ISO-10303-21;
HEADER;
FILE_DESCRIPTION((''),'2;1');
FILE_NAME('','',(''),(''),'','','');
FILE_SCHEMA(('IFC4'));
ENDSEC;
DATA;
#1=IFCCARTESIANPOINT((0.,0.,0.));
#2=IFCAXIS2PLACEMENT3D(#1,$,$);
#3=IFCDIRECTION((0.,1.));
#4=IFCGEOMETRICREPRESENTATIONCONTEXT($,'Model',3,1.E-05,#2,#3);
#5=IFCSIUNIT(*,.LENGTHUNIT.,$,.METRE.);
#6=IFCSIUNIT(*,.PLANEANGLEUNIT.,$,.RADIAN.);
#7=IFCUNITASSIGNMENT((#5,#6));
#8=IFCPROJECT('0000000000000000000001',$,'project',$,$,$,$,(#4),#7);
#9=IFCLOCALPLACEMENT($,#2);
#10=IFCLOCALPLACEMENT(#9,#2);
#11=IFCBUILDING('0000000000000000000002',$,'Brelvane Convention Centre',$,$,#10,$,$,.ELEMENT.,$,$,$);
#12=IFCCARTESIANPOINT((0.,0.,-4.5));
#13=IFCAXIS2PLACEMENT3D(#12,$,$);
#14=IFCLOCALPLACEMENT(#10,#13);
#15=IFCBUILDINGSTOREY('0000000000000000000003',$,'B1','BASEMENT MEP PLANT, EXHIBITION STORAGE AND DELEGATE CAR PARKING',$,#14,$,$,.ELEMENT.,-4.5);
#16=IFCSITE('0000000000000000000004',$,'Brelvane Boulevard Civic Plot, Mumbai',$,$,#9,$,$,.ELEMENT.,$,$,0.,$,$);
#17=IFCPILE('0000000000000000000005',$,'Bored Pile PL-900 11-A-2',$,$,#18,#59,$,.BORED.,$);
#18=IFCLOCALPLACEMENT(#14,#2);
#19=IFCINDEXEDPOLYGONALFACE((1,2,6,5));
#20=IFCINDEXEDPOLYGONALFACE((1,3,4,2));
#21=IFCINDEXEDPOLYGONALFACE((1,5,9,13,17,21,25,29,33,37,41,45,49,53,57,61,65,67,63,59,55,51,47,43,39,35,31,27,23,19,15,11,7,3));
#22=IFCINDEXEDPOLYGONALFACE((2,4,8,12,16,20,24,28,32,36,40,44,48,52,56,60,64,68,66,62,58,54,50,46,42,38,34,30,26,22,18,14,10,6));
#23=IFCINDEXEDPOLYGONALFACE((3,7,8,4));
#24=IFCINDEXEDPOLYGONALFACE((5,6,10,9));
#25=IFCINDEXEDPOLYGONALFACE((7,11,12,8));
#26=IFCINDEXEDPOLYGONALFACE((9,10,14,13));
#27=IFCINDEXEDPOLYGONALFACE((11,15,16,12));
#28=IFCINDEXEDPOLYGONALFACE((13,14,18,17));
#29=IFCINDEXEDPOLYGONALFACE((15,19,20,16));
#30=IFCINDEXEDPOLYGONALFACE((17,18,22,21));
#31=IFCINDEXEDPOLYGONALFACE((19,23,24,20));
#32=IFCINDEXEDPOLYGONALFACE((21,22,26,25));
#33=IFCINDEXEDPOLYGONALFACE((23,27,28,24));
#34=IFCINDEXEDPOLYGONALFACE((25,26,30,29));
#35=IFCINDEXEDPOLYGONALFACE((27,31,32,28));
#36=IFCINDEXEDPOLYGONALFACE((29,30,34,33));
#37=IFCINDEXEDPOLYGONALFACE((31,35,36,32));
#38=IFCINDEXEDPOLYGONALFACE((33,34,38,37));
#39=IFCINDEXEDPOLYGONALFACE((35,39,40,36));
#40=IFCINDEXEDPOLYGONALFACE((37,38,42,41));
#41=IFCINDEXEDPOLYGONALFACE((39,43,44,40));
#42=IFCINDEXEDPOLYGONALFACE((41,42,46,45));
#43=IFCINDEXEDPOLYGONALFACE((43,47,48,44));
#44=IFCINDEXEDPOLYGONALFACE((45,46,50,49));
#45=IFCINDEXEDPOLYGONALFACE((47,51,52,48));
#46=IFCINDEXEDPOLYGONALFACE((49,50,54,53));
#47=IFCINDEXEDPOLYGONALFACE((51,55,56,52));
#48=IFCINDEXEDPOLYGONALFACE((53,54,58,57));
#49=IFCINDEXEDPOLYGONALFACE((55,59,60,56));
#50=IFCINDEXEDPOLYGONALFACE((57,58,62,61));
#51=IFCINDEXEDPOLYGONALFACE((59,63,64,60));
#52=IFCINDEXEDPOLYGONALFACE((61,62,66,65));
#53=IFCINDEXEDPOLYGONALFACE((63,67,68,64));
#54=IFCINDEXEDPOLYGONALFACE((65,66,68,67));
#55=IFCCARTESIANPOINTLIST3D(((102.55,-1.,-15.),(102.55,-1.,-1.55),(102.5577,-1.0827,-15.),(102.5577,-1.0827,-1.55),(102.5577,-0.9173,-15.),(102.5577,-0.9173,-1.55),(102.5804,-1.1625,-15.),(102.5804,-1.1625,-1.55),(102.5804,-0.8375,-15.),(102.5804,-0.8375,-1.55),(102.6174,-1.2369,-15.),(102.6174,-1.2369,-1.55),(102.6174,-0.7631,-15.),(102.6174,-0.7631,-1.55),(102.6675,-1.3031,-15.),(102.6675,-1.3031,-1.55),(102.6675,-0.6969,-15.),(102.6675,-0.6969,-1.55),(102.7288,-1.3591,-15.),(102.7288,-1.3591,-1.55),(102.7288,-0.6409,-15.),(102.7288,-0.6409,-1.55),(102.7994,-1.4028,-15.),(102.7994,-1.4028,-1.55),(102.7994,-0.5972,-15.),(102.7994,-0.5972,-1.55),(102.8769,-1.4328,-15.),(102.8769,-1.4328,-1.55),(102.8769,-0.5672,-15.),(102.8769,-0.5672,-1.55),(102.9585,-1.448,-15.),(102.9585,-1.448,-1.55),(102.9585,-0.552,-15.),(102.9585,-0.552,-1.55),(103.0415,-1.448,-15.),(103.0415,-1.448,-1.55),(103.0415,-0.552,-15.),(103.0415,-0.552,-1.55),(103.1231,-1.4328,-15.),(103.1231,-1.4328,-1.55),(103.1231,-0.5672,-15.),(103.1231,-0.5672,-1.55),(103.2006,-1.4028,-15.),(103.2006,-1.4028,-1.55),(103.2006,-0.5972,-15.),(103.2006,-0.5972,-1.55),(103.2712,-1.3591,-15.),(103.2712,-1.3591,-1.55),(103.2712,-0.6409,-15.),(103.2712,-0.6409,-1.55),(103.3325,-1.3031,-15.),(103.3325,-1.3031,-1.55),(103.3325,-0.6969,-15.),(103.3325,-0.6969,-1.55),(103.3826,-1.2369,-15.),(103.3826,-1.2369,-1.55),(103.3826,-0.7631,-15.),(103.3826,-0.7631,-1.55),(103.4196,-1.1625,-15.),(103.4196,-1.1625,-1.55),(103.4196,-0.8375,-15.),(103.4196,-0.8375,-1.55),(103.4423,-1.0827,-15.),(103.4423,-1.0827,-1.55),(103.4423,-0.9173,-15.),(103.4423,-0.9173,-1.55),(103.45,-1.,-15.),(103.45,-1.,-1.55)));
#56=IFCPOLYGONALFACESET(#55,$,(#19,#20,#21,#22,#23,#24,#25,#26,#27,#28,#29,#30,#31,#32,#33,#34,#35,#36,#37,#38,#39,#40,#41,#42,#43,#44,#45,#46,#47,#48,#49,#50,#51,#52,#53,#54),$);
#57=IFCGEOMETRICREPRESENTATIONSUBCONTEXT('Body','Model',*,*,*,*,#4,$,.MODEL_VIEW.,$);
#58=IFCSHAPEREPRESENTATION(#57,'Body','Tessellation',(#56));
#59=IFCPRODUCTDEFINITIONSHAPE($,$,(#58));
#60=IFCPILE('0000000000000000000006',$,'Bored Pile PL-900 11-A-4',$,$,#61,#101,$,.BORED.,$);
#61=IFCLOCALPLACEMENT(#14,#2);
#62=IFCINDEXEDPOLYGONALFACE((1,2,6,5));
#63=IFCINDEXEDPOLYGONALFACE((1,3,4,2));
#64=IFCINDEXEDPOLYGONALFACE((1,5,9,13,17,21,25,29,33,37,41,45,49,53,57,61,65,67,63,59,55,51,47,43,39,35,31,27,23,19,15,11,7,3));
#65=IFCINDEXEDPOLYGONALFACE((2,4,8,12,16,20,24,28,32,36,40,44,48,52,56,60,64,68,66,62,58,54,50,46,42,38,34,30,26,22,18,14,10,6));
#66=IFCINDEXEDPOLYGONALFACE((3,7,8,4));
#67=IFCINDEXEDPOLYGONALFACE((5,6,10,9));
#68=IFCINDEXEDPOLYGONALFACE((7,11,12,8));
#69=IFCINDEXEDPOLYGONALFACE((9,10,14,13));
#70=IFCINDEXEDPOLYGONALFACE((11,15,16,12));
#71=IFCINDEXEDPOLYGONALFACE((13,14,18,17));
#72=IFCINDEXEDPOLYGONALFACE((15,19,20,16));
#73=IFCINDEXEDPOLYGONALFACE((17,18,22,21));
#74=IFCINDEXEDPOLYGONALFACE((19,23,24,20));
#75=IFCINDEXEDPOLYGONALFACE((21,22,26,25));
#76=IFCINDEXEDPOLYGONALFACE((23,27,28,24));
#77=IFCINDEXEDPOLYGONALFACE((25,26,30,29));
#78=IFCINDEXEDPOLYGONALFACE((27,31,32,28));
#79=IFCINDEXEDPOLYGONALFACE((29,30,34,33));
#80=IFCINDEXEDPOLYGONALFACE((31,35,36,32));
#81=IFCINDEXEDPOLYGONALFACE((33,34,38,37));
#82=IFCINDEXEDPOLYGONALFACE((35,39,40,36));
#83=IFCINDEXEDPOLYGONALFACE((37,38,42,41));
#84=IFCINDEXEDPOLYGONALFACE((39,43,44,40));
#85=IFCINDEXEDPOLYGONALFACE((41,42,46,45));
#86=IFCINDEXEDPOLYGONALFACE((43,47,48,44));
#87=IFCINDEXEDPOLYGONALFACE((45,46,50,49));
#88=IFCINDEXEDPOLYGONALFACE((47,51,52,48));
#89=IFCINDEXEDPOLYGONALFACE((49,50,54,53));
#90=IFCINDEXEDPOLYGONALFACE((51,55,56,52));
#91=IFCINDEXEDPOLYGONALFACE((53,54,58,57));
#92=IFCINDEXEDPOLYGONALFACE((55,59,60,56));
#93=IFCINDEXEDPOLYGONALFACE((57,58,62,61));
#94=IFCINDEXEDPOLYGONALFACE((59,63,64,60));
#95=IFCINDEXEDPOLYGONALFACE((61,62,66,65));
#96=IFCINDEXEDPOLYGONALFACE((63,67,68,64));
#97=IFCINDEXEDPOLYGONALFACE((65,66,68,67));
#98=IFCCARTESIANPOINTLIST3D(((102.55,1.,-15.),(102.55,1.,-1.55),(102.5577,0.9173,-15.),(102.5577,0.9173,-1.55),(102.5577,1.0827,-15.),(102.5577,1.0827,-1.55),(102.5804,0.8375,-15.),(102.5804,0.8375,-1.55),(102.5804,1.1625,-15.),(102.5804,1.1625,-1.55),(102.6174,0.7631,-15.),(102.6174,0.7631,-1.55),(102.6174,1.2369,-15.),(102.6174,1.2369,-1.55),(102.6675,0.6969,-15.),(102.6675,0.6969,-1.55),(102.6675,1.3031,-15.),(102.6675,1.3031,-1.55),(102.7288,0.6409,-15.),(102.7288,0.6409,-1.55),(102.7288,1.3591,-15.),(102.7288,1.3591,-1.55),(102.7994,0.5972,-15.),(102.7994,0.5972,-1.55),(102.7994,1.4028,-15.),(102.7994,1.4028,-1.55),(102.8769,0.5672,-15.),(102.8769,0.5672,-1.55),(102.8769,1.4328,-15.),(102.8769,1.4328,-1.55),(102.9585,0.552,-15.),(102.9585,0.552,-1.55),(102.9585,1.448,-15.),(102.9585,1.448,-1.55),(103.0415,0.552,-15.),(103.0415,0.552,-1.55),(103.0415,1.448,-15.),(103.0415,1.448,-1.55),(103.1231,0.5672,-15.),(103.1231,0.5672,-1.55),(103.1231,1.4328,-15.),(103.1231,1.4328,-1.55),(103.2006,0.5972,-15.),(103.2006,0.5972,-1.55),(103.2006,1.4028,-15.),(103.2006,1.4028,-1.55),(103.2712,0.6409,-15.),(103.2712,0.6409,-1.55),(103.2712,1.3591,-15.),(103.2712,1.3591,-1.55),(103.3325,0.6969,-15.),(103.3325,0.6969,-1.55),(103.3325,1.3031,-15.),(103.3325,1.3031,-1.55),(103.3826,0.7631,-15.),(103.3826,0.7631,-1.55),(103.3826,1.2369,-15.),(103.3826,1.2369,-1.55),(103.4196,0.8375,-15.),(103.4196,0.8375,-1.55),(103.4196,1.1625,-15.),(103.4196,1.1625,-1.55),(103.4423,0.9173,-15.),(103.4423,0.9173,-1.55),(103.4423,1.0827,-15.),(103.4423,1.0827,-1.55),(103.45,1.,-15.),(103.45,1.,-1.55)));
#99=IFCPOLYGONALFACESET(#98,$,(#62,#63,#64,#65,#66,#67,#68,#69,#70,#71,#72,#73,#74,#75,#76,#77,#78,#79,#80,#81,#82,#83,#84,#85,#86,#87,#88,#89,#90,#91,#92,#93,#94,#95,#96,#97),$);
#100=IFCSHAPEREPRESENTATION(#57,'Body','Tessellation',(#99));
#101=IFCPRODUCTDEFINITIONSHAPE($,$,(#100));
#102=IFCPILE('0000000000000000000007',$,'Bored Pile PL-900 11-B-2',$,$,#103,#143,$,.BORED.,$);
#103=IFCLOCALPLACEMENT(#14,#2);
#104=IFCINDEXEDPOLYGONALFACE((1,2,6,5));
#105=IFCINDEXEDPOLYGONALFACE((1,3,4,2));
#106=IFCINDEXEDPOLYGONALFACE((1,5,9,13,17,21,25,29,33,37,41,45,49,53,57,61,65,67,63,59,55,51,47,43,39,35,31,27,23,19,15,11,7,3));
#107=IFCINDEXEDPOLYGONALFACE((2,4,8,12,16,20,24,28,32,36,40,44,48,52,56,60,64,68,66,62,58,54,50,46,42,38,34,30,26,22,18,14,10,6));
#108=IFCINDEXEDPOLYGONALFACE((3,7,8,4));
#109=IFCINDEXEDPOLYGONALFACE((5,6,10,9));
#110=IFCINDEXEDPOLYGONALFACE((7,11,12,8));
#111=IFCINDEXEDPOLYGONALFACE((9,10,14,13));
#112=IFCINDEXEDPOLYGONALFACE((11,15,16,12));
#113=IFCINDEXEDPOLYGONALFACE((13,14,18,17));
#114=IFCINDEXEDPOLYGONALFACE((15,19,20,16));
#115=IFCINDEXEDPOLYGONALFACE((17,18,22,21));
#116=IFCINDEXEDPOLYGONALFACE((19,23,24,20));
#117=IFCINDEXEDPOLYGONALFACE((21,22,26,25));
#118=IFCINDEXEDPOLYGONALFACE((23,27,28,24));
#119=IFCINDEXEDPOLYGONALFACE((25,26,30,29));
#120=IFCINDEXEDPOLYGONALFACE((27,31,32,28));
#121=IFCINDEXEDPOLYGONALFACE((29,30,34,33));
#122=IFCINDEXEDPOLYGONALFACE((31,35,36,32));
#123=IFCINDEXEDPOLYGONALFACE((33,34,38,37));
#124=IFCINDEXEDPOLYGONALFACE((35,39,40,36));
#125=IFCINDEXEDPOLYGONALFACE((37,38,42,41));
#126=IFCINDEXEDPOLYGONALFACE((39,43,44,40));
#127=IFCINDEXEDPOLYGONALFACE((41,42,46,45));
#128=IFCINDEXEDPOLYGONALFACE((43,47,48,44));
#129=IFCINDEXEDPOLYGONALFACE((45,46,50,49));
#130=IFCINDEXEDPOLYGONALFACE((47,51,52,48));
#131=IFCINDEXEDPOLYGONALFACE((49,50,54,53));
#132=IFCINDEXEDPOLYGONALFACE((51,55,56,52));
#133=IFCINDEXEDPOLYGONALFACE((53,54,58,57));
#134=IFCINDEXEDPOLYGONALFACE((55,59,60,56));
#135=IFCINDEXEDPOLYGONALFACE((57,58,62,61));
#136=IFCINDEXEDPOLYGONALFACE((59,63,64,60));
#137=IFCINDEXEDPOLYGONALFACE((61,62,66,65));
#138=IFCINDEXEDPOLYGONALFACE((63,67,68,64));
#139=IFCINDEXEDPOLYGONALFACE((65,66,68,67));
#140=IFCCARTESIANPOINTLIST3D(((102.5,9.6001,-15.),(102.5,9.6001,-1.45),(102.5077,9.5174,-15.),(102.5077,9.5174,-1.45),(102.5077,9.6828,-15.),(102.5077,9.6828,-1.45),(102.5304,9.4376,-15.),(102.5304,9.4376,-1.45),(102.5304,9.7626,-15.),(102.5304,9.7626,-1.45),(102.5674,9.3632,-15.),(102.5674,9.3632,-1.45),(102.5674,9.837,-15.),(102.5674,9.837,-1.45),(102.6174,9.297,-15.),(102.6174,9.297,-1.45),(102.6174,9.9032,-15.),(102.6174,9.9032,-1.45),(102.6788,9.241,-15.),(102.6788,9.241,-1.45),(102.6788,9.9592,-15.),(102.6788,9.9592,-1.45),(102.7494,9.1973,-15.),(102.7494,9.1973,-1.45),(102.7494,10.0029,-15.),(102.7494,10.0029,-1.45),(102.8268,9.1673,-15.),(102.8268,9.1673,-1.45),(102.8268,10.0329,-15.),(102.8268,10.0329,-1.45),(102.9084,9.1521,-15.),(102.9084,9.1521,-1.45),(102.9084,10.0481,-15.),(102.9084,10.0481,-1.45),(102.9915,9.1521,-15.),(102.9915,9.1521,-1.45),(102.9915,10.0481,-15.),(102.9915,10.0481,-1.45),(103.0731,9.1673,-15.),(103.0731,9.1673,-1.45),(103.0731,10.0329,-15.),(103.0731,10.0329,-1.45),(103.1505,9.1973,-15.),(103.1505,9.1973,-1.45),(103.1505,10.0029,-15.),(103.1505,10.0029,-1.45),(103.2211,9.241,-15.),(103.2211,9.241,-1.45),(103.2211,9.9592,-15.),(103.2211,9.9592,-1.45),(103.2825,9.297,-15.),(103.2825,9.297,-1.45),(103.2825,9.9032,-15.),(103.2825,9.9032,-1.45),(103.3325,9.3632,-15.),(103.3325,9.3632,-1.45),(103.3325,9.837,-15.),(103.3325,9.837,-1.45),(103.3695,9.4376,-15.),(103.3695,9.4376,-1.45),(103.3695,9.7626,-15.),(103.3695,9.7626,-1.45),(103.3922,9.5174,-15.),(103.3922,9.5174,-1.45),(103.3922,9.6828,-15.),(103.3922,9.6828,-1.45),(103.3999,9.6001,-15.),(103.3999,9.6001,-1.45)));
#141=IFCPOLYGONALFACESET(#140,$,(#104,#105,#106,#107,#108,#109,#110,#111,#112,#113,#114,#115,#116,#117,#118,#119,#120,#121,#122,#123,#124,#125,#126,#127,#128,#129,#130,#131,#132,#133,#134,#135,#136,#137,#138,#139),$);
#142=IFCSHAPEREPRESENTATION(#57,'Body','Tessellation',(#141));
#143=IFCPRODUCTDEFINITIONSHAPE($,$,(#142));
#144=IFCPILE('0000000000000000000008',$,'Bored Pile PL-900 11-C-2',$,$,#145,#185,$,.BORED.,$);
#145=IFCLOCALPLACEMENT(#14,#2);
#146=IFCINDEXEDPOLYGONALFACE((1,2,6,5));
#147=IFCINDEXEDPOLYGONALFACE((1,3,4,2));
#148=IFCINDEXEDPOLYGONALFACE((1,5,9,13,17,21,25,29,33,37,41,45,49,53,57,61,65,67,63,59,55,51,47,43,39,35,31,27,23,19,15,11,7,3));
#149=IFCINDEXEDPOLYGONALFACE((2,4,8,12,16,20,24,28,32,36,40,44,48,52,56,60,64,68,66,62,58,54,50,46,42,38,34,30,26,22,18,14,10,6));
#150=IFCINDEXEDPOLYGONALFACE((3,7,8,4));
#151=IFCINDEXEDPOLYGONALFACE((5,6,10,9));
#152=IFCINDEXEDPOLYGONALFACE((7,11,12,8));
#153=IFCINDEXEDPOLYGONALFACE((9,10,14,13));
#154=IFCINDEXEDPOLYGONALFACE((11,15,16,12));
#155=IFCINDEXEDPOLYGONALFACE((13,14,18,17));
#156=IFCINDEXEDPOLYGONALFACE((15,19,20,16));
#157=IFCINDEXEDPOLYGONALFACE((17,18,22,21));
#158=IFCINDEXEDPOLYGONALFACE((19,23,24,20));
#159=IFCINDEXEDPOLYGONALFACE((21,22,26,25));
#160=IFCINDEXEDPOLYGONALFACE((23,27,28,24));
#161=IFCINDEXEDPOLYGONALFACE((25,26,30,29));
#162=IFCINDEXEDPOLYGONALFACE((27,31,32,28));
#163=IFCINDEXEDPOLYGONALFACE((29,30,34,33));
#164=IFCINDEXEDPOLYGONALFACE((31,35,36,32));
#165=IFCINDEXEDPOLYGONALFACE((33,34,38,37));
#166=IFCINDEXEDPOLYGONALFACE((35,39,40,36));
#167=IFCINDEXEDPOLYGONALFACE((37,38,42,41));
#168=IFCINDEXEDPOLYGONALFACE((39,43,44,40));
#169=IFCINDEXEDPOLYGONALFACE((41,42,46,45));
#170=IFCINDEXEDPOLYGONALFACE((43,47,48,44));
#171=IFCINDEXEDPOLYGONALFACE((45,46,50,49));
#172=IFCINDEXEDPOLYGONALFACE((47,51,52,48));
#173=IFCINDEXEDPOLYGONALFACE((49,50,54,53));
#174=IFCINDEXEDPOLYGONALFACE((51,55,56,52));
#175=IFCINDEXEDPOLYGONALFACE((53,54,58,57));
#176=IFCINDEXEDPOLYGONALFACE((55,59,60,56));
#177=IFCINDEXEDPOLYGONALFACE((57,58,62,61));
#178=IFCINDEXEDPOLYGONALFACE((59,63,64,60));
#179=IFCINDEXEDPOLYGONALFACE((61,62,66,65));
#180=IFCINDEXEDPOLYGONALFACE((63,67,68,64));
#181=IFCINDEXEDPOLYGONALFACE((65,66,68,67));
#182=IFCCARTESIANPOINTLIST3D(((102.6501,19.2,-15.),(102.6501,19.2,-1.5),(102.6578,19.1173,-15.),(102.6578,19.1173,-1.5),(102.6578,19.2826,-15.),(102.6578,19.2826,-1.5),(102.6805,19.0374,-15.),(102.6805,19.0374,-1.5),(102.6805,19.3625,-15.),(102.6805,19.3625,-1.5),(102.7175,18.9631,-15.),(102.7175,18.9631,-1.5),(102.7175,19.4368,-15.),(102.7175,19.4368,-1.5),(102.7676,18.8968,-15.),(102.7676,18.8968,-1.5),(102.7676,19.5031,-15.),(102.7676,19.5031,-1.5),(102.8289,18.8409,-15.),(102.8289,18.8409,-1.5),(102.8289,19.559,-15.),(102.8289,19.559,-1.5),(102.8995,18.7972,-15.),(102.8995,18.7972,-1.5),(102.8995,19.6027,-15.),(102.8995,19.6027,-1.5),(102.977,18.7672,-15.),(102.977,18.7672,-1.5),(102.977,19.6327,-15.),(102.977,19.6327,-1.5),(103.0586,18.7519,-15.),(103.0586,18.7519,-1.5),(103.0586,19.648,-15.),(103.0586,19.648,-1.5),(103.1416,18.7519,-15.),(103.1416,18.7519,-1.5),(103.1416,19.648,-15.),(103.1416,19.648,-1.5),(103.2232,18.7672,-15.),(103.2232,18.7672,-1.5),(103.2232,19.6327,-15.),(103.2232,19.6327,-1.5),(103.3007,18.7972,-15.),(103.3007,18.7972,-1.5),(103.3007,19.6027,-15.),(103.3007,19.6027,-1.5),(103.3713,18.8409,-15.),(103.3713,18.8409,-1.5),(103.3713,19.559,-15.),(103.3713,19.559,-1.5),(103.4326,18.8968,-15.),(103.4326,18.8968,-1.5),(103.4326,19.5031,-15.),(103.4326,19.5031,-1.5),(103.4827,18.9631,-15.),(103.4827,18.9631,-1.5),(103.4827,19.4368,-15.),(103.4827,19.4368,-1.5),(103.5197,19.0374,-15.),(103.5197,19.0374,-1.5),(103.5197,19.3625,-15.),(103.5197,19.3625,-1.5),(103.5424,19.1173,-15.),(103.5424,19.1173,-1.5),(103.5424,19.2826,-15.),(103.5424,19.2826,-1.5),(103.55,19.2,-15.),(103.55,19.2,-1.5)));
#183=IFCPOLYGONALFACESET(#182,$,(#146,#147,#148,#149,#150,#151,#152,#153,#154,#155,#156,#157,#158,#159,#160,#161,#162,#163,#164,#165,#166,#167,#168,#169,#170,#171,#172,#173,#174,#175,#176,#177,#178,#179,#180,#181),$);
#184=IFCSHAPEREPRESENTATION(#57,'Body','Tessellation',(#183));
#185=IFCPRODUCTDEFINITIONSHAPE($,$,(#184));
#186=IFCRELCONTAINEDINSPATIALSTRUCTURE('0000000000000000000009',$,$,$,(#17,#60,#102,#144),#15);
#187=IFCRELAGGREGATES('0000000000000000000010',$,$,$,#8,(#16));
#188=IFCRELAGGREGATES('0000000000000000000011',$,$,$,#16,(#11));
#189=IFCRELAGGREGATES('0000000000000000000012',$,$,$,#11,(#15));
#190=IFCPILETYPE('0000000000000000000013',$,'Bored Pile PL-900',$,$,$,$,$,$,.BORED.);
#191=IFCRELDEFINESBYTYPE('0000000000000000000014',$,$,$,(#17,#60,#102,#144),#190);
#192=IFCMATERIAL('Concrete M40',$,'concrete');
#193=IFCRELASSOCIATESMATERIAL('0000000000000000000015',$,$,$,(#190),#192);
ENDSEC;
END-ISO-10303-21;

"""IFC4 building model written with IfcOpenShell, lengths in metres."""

from ifc_helpers import new_model, si_unit, direction, frame, origin, origin_2d, place, context, subcontext, project, spatial, circle, extrude, material, material_profile, profile_set, type_object, element, save


model = new_model("IFC4")

# Units and contexts
model_context = context("Model", 3, precision=1e-05, world=origin(), true_north=direction((0.0, 1.0)))
body_context = subcontext(model_context, "Body", "Model", "MODEL_VIEW")
ifc_project = project(units=[si_unit("LENGTHUNIT", "METRE"), si_unit("PLANEANGLEUNIT", "RADIAN")], contexts=[model_context])

# Site, building, storey
site_placement = place(None, origin())
site = spatial("IfcSite", under=ifc_project, at=site_placement, Name="Brelvane Boulevard Civic Plot, Mumbai", CompositionType="ELEMENT", RefElevation=0.0)
building_placement = place(site_placement, origin())
building = spatial("IfcBuilding", under=site, at=building_placement, Name="Brelvane Convention Centre", CompositionType="ELEMENT")
storey_placement = place(building_placement, frame((0.0, 0.0, -4.5)))
storey = spatial("IfcBuildingStorey", under=building, at=storey_placement, Name="B1", Description="BASEMENT MEP PLANT, EXHIBITION STORAGE AND DELEGATE CAR PARKING", CompositionType="ELEMENT", Elevation=-4.5)

# Piles
ifc_material_1 = material(Name="Concrete M40", Category="concrete")
ifc_material_profile_1 = material_profile(ifc_material_1, circle(Radius=0.45, at=origin_2d()), Name="PILE D900")
ifc_profile_set_1 = profile_set([ifc_material_profile_1], Name="Concrete M40")
pile_type = type_object("IfcPileType", Name="Bored Pile PL-900", PredefinedType="BORED", material=ifc_profile_set_1)
for number, where, z_axis, x_axis, name in (
    (1, (103.0, -1.0, -1.55), (0.0, 0.0, -1.0), (1.0, 0.0, 0.0), "Bored Pile PL-900 11-A-2"),
    (2, (103.0, 1.0, -1.55), (0.0, 0.0, -1.0), (1.0, 0.0, 0.0), "Bored Pile PL-900 11-A-4"),
):
    element("IfcPile", number, at=place(storey_placement, frame(where, z_axis=z_axis, x_axis=x_axis)), inside=storey, type_object=pile_type, Name=name, PredefinedType="BORED", context=body_context, shape_type="SweptSolid", body=[
        extrude(circle(Radius=0.45, at=origin_2d()), origin(), (0.0, 0.0, 1.0), 13.45),
    ])
pile_1_placement = place(storey_placement, frame((102.95, 9.6001, -1.45), z_axis=(0.0, 0.0, -1.0), x_axis=(1.0, 0.0, 0.0)))
element("IfcPile", 3, at=pile_1_placement, inside=storey, type_object=pile_type, Name="Bored Pile PL-900 11-B-2", PredefinedType="BORED", context=body_context, shape_type="SweptSolid", body=[
    extrude(circle(Radius=0.45, at=origin_2d()), origin(), (0.0, 0.0, 1.0), 13.55),
])
pile_2_placement = place(storey_placement, frame((103.1001, 19.2, -1.5), z_axis=(0.0, 0.0, -1.0), x_axis=(1.0, 0.0, 0.0)))
element("IfcPile", 4, at=pile_2_placement, inside=storey, type_object=pile_type, Name="Bored Pile PL-900 11-C-2", PredefinedType="BORED", context=body_context, shape_type="SweptSolid", body=[
    extrude(circle(Radius=0.45, at=origin_2d()), origin(), (0.0, 0.0, 1.0), 13.5),
])

save(model, "model.ifc")
